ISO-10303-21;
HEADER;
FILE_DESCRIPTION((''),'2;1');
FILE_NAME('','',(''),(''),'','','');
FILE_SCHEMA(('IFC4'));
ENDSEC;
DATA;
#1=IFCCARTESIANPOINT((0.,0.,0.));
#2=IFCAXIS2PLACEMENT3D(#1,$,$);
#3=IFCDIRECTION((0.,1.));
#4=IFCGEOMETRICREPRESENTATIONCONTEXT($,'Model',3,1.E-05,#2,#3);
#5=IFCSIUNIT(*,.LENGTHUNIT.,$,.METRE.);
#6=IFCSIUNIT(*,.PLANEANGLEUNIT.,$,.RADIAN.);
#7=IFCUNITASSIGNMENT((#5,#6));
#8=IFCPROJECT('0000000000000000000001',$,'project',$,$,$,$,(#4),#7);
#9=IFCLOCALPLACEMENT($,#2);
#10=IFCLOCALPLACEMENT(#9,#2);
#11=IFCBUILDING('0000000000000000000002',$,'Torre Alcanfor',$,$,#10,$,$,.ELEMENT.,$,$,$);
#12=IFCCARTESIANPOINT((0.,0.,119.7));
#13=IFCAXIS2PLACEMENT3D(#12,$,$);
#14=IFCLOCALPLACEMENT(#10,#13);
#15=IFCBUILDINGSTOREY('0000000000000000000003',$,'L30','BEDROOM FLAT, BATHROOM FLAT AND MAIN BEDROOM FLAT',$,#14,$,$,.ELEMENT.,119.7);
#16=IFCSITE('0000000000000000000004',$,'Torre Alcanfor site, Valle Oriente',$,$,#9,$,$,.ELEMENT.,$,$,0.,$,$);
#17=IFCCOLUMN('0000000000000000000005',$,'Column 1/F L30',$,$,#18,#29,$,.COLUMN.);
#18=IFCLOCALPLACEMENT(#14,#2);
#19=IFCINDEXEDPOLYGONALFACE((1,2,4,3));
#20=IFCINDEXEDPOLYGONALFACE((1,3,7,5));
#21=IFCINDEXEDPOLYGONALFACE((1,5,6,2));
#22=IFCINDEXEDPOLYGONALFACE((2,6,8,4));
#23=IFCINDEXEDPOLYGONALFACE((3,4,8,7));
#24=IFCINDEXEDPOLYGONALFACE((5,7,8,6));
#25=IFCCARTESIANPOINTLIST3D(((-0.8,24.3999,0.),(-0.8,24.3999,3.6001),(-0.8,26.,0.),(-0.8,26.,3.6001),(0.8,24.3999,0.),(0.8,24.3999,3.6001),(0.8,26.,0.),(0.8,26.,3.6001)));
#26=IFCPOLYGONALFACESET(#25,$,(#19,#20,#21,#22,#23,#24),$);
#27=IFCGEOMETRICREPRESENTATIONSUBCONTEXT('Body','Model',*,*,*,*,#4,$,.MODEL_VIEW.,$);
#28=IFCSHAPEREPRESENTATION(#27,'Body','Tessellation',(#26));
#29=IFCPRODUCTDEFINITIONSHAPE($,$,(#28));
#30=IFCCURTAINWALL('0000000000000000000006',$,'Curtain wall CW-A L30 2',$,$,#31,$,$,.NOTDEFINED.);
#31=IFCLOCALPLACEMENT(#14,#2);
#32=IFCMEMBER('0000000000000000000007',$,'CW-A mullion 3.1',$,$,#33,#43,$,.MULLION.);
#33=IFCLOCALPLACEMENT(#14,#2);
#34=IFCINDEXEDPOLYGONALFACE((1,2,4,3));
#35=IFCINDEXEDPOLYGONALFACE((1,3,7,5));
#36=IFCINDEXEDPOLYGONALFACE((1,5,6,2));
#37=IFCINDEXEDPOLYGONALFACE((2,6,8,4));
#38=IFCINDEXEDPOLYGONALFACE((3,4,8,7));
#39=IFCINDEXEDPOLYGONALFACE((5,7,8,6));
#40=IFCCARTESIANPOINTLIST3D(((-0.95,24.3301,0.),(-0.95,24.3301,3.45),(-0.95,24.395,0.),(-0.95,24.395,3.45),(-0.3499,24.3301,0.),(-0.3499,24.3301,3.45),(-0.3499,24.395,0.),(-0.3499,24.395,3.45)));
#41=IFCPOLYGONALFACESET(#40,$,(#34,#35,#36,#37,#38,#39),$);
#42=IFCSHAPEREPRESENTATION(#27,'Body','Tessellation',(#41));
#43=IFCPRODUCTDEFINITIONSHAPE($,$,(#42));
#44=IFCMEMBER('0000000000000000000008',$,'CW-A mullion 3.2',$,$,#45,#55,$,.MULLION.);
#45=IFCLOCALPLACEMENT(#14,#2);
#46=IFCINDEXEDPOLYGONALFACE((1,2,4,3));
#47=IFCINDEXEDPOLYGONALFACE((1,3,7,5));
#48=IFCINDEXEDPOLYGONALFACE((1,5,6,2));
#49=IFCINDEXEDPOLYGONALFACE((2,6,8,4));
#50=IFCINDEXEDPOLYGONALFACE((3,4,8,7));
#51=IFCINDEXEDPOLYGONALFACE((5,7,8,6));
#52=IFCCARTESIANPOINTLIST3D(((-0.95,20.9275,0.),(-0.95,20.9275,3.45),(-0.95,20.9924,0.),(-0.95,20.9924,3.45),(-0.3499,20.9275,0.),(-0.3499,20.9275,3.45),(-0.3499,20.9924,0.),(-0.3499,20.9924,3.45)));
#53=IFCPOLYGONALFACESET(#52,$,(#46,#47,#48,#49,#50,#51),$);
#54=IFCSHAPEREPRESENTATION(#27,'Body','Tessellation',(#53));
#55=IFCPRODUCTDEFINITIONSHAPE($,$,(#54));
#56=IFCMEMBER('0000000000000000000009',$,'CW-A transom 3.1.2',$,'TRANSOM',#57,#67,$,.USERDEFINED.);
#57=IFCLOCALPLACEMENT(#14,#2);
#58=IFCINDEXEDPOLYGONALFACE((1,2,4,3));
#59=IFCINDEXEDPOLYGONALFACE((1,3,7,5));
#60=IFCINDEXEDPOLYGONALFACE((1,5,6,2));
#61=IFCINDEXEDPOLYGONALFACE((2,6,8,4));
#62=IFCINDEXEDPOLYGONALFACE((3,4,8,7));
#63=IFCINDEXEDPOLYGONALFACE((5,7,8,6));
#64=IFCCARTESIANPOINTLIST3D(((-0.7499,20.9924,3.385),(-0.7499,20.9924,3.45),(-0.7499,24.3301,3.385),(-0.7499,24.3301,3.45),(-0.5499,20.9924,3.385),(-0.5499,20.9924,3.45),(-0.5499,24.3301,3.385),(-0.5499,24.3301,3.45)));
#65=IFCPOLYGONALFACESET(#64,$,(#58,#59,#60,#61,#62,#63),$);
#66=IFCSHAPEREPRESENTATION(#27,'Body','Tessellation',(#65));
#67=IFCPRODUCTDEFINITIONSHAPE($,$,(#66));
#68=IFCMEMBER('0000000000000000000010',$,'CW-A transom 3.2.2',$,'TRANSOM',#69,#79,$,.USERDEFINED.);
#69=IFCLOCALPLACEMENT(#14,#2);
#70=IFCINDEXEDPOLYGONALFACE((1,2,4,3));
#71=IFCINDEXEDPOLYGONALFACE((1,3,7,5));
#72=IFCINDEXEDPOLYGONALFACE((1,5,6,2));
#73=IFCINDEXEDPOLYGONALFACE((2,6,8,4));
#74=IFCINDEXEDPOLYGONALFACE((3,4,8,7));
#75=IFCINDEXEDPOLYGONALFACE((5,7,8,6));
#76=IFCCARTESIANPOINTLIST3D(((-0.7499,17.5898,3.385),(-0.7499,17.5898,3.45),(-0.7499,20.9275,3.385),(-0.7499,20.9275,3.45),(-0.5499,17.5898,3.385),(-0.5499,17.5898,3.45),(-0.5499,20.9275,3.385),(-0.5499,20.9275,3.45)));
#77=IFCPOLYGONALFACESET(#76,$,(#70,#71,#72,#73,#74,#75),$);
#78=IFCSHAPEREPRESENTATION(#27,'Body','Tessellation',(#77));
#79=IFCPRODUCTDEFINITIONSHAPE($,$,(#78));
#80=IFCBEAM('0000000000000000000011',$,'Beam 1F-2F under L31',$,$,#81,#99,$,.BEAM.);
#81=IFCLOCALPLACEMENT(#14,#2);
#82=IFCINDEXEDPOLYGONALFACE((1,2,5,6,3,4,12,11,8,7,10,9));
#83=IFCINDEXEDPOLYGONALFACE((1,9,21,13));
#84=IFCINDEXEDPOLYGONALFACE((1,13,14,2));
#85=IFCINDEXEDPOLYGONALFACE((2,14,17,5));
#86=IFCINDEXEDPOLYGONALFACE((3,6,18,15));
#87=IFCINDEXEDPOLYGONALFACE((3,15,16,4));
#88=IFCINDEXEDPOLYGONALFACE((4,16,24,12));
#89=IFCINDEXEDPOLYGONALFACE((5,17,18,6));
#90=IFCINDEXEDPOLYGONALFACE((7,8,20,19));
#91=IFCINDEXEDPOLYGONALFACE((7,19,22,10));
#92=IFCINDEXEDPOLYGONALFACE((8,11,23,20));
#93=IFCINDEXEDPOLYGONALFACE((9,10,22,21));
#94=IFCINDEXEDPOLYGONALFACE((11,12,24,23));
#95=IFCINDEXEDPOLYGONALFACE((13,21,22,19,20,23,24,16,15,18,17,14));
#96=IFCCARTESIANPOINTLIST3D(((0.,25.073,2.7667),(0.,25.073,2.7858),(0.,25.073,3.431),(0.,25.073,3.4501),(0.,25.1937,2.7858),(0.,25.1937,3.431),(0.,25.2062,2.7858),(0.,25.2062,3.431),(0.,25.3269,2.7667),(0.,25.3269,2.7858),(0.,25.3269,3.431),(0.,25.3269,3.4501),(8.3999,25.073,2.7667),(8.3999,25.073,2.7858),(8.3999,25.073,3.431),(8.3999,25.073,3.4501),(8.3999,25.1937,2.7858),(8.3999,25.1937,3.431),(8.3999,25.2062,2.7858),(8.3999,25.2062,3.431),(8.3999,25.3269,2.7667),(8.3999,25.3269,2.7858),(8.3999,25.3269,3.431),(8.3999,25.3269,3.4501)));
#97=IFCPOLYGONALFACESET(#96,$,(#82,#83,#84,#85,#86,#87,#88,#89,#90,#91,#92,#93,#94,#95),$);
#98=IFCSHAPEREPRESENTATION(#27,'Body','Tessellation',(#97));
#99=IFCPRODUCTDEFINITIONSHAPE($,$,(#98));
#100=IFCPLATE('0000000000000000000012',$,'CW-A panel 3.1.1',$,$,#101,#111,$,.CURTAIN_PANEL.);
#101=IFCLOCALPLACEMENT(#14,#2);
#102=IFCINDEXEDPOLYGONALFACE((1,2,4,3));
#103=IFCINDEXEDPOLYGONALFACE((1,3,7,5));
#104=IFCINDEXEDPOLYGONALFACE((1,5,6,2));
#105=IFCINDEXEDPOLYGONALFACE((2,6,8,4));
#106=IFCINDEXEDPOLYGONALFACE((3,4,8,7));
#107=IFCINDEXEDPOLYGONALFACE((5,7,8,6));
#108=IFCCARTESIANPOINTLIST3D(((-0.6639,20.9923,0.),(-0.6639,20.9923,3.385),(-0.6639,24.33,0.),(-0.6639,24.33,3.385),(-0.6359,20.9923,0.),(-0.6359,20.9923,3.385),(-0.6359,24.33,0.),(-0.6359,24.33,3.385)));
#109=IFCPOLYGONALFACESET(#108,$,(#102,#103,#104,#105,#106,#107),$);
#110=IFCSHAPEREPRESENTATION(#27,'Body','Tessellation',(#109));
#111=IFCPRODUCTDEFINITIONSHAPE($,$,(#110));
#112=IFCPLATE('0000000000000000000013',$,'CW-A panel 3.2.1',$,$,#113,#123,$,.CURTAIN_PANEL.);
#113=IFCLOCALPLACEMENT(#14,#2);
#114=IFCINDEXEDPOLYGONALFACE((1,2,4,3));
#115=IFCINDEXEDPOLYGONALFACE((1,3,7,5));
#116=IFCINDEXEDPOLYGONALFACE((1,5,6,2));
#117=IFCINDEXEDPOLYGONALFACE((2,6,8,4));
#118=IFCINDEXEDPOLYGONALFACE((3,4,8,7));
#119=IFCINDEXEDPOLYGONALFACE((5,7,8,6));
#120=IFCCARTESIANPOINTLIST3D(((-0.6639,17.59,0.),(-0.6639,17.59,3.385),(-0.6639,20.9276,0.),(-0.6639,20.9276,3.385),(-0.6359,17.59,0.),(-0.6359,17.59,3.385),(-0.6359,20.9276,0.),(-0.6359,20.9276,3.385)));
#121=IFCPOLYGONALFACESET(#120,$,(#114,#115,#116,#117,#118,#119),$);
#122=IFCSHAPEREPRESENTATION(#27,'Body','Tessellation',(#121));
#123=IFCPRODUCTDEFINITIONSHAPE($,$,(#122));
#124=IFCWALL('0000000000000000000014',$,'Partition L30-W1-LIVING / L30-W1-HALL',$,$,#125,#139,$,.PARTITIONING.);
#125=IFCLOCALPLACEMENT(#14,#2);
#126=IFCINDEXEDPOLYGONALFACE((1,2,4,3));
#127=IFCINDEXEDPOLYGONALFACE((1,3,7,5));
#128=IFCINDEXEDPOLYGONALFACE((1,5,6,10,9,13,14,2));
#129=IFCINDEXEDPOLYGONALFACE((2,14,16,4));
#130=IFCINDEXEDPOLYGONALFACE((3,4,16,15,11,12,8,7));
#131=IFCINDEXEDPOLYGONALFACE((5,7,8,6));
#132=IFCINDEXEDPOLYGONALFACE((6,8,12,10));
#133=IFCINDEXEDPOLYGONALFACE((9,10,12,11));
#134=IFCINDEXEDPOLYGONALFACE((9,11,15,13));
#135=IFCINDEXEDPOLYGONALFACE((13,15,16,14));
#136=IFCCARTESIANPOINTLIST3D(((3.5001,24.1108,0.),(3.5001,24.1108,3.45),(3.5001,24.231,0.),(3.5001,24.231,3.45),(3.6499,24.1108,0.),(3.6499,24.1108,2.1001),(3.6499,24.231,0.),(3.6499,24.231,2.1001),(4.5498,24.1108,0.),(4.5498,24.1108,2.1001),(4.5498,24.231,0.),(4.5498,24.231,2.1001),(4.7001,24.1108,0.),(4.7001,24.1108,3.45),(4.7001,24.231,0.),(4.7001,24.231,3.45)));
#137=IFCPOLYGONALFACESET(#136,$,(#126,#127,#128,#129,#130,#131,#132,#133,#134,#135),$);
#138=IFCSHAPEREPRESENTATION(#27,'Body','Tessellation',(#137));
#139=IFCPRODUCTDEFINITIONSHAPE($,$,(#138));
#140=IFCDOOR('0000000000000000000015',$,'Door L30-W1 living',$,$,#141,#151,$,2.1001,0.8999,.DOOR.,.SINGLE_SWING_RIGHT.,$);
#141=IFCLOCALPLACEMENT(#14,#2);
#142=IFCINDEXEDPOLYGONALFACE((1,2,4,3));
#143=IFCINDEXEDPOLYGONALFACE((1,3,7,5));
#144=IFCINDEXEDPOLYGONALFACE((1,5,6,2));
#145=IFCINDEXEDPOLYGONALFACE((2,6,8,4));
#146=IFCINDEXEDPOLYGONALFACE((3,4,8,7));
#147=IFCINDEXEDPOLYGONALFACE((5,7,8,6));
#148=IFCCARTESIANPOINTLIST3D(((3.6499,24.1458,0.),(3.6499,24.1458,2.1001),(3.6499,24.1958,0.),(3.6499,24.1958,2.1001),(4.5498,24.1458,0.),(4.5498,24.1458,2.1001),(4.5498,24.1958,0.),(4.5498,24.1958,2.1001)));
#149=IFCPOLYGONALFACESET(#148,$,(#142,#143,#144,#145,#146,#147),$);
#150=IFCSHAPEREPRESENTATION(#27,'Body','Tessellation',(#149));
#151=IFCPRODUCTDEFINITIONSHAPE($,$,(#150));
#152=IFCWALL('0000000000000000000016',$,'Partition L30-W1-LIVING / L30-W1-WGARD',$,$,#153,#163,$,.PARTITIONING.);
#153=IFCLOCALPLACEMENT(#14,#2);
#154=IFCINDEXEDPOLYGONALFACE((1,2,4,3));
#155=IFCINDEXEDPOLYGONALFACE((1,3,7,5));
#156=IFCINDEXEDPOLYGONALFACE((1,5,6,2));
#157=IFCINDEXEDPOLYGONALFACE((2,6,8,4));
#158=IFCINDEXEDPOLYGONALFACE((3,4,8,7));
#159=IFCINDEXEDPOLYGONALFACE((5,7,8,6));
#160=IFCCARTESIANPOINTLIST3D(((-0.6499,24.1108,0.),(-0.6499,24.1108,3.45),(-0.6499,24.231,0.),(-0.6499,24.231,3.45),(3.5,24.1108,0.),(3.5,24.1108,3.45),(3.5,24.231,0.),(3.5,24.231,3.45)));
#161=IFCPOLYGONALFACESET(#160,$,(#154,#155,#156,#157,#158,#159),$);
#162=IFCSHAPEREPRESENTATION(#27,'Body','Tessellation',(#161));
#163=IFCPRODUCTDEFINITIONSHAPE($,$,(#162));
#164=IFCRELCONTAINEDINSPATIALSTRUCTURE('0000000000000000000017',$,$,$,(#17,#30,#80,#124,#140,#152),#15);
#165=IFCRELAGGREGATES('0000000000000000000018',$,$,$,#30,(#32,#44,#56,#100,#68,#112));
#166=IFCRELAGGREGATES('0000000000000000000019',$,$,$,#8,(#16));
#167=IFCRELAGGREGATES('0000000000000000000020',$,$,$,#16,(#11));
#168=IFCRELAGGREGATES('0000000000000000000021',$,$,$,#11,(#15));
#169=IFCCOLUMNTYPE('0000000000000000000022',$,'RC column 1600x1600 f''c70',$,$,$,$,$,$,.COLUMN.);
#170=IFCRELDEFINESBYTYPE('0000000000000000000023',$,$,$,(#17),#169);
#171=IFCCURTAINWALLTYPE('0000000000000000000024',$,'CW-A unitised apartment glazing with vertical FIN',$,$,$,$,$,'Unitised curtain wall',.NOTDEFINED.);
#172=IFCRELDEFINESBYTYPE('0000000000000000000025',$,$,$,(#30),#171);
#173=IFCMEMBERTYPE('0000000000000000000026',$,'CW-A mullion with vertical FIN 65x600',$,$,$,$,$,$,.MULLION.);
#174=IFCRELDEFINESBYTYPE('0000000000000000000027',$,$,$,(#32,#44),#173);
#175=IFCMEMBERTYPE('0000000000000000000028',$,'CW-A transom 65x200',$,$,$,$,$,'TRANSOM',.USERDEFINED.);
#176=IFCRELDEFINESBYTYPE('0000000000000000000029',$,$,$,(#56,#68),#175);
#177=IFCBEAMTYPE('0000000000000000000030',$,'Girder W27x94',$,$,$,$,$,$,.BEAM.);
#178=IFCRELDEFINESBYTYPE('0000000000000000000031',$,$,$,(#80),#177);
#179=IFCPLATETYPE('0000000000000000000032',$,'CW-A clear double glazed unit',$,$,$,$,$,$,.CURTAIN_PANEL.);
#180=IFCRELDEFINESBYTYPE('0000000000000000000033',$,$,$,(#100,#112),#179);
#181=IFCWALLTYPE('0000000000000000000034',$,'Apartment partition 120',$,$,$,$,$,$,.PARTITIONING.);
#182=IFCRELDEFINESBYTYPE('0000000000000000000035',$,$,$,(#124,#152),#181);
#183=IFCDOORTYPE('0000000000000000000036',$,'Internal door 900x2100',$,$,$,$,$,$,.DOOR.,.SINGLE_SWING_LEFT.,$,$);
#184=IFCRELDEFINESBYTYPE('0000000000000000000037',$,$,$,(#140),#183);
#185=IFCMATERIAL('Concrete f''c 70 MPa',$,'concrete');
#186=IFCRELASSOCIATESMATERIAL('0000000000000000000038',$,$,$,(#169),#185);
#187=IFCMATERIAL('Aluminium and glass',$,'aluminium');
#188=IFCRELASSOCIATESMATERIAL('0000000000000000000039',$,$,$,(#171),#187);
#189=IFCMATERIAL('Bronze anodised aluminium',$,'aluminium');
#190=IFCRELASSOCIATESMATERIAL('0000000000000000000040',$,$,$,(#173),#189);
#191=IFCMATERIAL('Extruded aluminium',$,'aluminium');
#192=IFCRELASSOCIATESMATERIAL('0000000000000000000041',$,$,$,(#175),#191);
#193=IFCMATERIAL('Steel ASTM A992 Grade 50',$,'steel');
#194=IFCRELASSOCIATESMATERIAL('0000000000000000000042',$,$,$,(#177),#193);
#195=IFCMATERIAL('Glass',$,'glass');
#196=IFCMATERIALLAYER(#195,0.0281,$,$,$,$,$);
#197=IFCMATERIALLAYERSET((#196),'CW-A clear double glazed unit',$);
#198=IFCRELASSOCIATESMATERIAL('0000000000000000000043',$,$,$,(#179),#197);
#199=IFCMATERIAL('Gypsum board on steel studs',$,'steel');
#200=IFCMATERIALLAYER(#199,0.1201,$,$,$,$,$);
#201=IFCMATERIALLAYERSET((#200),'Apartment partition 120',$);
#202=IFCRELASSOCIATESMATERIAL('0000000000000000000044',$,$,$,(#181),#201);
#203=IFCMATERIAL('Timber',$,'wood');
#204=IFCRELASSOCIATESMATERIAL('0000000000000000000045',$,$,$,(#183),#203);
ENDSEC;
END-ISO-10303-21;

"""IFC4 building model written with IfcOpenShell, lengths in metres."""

from ifc_helpers import new_model, si_unit, direction, frame, frame_2d, origin, origin_2d, place, context, subcontext, project, spatial, rectangle, i_section, extrude, material, layer, layer_set, material_profile, profile_set, type_object, element, fill, aggregate, save


model = new_model("IFC4")

# Units and contexts
model_context = context("Model", 3, precision=1e-05, world=origin(), true_north=direction((0.0, 1.0)))
body_context = subcontext(model_context, "Body", "Model", "MODEL_VIEW")
ifc_project = project(units=[si_unit("LENGTHUNIT", "METRE"), si_unit("PLANEANGLEUNIT", "RADIAN")], contexts=[model_context])

# Site, building, storey
site_placement = place(None, origin())
site = spatial("IfcSite", under=ifc_project, at=site_placement, Name="Torre Alcanfor site, Valle Oriente", CompositionType="ELEMENT", RefElevation=0.0)
building_placement = place(site_placement, origin())
building = spatial("IfcBuilding", under=site, at=building_placement, Name="Torre Alcanfor", CompositionType="ELEMENT")
storey_placement = place(building_placement, frame((0.0, 0.0, 119.7)))
storey = spatial("IfcBuildingStorey", under=building, at=storey_placement, Name="L30", Description="BEDROOM FLAT, BATHROOM FLAT AND MAIN BEDROOM FLAT", CompositionType="ELEMENT", Elevation=119.7)

# Column
ifc_material_1 = material(Name="Concrete f'c 70 MPa", Category="concrete")
ifc_material_profile_1 = material_profile(ifc_material_1, rectangle(XDim=1.6001, YDim=1.6001, at=origin_2d()), Name="1600x1600")
ifc_profile_set_1 = profile_set([ifc_material_profile_1], Name="Concrete f'c 70 MPa")
column_type = type_object("IfcColumnType", Name="RC column 1600x1600 f'c70", PredefinedType="COLUMN", material=ifc_profile_set_1)
column_placement = place(storey_placement, frame((0.0, 25.2, 0.0), z_axis=(0.0, 0.0, 1.0), x_axis=(1.0, 0.0, 0.0)))
element("IfcColumn", 1, at=column_placement, inside=storey, type_object=column_type, Name="Column 1/F L30", PredefinedType="COLUMN", context=body_context, shape_type="SweptSolid", body=[
    extrude(rectangle(XDim=1.6001, YDim=1.6001, at=origin_2d()), origin(), (0.0, 0.0, 1.0), 3.6001),
])

# Curtain wall, members
ifc_material_2 = material(Name="Aluminium and glass", Category="aluminium")
curtain_wall_type = type_object("IfcCurtainWallType", Name="CW-A unitised apartment glazing with vertical FIN", ElementType="Unitised curtain wall", PredefinedType="NOTDEFINED", material=ifc_material_2)
curtain_wall_placement = place(storey_placement, origin())
curtain_wall = element("IfcCurtainWall", 2, at=curtain_wall_placement, inside=storey, type_object=curtain_wall_type, Name="Curtain wall CW-A L30 2", PredefinedType="NOTDEFINED")
ifc_material_3 = material(Name="Bronze anodised aluminium", Category="aluminium")
ifc_material_profile_2 = material_profile(ifc_material_3, rectangle(XDim=0.6001, YDim=0.0649, at=origin_2d()), Name="CW-A mullion 65x600")
ifc_profile_set_2 = profile_set([ifc_material_profile_2], Name="Bronze anodised aluminium")
member_type_1 = type_object("IfcMemberType", Name="CW-A mullion with vertical FIN 65x600", PredefinedType="MULLION", material=ifc_profile_set_2)
member_1_placement = place(storey_placement, frame((-0.6499, 24.3625, 0.0), z_axis=(0.0, 0.0, 1.0), x_axis=(1.0, 0.0, 0.0)))
member_1 = element("IfcMember", 3, at=member_1_placement, type_object=member_type_1, Name="CW-A mullion 3.1", PredefinedType="MULLION", context=body_context, shape_type="SweptSolid", body=[
    extrude(rectangle(XDim=0.6001, YDim=0.0649, at=origin_2d()), origin(), (0.0, 0.0, 1.0), 3.45),
])
member_2_placement = place(storey_placement, frame((-0.6499, 20.96, 0.0), z_axis=(0.0, 0.0, 1.0), x_axis=(1.0, 0.0, 0.0)))
member_2 = element("IfcMember", 4, at=member_2_placement, type_object=member_type_1, Name="CW-A mullion 3.2", PredefinedType="MULLION", context=body_context, shape_type="SweptSolid", body=[
    extrude(rectangle(XDim=0.6001, YDim=0.0649, at=origin_2d()), origin(), (0.0, 0.0, 1.0), 3.45),
])
ifc_material_4 = material(Name="Extruded aluminium", Category="aluminium")
ifc_material_profile_3 = material_profile(ifc_material_4, rectangle(XDim=0.2, YDim=0.0649, at=origin_2d()), Name="CW-A transom 200x65")
ifc_profile_set_3 = profile_set([ifc_material_profile_3], Name="Extruded aluminium")
member_type_2 = type_object("IfcMemberType", Name="CW-A transom 65x200", ElementType="TRANSOM", PredefinedType="USERDEFINED", material=ifc_profile_set_3)
member_3_placement = place(storey_placement, frame((-0.6499, 24.3301, 3.4175), z_axis=(0.0, -1.0, 0.0), x_axis=(1.0, 0.0, 0.0)))
member_3 = element("IfcMember", 5, at=member_3_placement, type_object=member_type_2, Name="CW-A transom 3.1.2", ObjectType="TRANSOM", PredefinedType="USERDEFINED", context=body_context, shape_type="SweptSolid", body=[
    extrude(rectangle(XDim=0.2, YDim=0.0649, at=origin_2d()), origin(), (0.0, 0.0, 1.0), 3.3376),
])
member_4_placement = place(storey_placement, frame((-0.6499, 20.9275, 3.4175), z_axis=(0.0, -1.0, 0.0), x_axis=(1.0, 0.0, 0.0)))
member_4 = element("IfcMember", 6, at=member_4_placement, type_object=member_type_2, Name="CW-A transom 3.2.2", ObjectType="TRANSOM", PredefinedType="USERDEFINED", context=body_context, shape_type="SweptSolid", body=[
    extrude(rectangle(XDim=0.2, YDim=0.0649, at=origin_2d()), origin(), (0.0, 0.0, 1.0), 3.3376),
])

# Beam
ifc_material_5 = material(Name="Steel ASTM A992 Grade 50", Category="steel")
ifc_material_profile_4 = material_profile(ifc_material_5, i_section(OverallWidth=0.2539, OverallDepth=0.6833, WebThickness=0.0125, FlangeThickness=0.019, at=origin_2d()), Name="W27x94")
ifc_profile_set_4 = profile_set([ifc_material_profile_4], Name="Steel ASTM A992 Grade 50")
beam_type = type_object("IfcBeamType", Name="Girder W27x94", PredefinedType="BEAM", material=ifc_profile_set_4)
beam_placement = place(storey_placement, frame((0.0, 25.2, 3.1084), z_axis=(1.0, 0.0, 0.0), x_axis=(0.0, 1.0, 0.0)))
element("IfcBeam", 7, at=beam_placement, inside=storey, type_object=beam_type, Name="Beam 1F-2F under L31", PredefinedType="BEAM", context=body_context, shape_type="SweptSolid", body=[
    extrude(i_section(OverallWidth=0.2539, OverallDepth=0.6833, WebThickness=0.0125, FlangeThickness=0.019, at=origin_2d()), origin(), (0.0, 0.0, 1.0), 8.3999),
])

# Plates
ifc_material_6 = material(Name="Glass", Category="glass")
ifc_layer_1 = layer(ifc_material_6, 0.0281)
ifc_layer_set_1 = layer_set([ifc_layer_1], Name="CW-A clear double glazed unit")
plate_type = type_object("IfcPlateType", Name="CW-A clear double glazed unit", PredefinedType="CURTAIN_PANEL", material=ifc_layer_set_1)
plate_1_placement = place(storey_placement, frame((-0.6499, 22.6611, 0.0), z_axis=(0.0, 0.0, 1.0), x_axis=(0.0, -1.0, 0.0)))
plate_1 = element("IfcPlate", 8, at=plate_1_placement, type_object=plate_type, Name="CW-A panel 3.1.1", PredefinedType="CURTAIN_PANEL", context=body_context, shape_type="SweptSolid", body=[
    extrude(rectangle(XDim=3.3376, YDim=0.0281, at=origin_2d()), origin(), (0.0, 0.0, 1.0), 3.385),
])
plate_2_placement = place(storey_placement, frame((-0.6499, 19.2588, 0.0), z_axis=(0.0, 0.0, 1.0), x_axis=(0.0, -1.0, 0.0)))
plate_2 = element("IfcPlate", 9, at=plate_2_placement, type_object=plate_type, Name="CW-A panel 3.2.1", PredefinedType="CURTAIN_PANEL", context=body_context, shape_type="SweptSolid", body=[
    extrude(rectangle(XDim=3.3376, YDim=0.0281, at=origin_2d()), origin(), (0.0, 0.0, 1.0), 3.385),
])
aggregate(curtain_wall, [member_1, member_2, member_3, plate_1, member_4, plate_2])

# Wall, opening, door
ifc_material_7 = material(Name="Gypsum board on steel studs", Category="steel")
ifc_layer_2 = layer(ifc_material_7, 0.1201)
ifc_layer_set_2 = layer_set([ifc_layer_2], Name="Apartment partition 120")
wall_type = type_object("IfcWallType", Name="Apartment partition 120", PredefinedType="PARTITIONING", material=ifc_layer_set_2)
wall_1_placement = place(storey_placement, frame((3.5, 24.1709, 0.0), z_axis=(0.0, 0.0, 1.0), x_axis=(1.0, 0.0, 0.0)))
wall_1 = element("IfcWall", 10, at=wall_1_placement, inside=storey, type_object=wall_type, Name="Partition L30-W1-LIVING / L30-W1-HALL", PredefinedType="PARTITIONING", context=body_context, shape_type="SweptSolid", body=[
    extrude(rectangle(XDim=1.2, YDim=0.1201, at=frame_2d((0.6001, 0.0))), origin(), (0.0, 0.0, 1.0), 3.45),
])
opening_1_placement = place(wall_1_placement, frame((0.1499, 0.0, 0.0)))
opening_1 = element("IfcOpeningElement", 11, at=opening_1_placement, cuts=wall_1, PredefinedType="OPENING", context=body_context, shape_type="SweptSolid", body=[
    extrude(rectangle(XDim=0.8999, YDim=2.1001, at=frame_2d((0.45, 1.05))), frame((0.0, 0.0701, 0.0), z_axis=(0.0, -1.0, 0.0), x_axis=(1.0, 0.0, 0.0)), (0.0, 0.0, 1.0), 0.1401),
])
ifc_material_8 = material(Name="Timber", Category="wood")
door_type = type_object("IfcDoorType", Name="Internal door 900x2100", OperationType="SINGLE_SWING_LEFT", PredefinedType="DOOR", material=ifc_material_8)
door_1_placement = place(opening_1_placement, origin())
door_1 = element("IfcDoor", 12, at=door_1_placement, inside=storey, type_object=door_type, Name="Door L30-W1 living", OperationType="SINGLE_SWING_RIGHT", OverallHeight=2.1001, OverallWidth=0.8999, PredefinedType="DOOR", context=body_context, shape_type="SweptSolid", body=[
    extrude(rectangle(XDim=0.8999, YDim=2.1001, at=frame_2d((0.45, 1.05))), frame((0.0, 0.0249, 0.0), z_axis=(0.0, -1.0, 0.0), x_axis=(1.0, 0.0, 0.0)), (0.0, 0.0, 1.0), 0.05),
])
fill(opening_1, door_1)

# Wall
wall_2_placement = place(storey_placement, frame((-0.6499, 24.1709, 0.0), z_axis=(0.0, 0.0, 1.0), x_axis=(1.0, 0.0, 0.0)))
element("IfcWall", 13, at=wall_2_placement, inside=storey, type_object=wall_type, Name="Partition L30-W1-LIVING / L30-W1-WGARD", PredefinedType="PARTITIONING", context=body_context, shape_type="SweptSolid", body=[
    extrude(rectangle(XDim=4.1499, YDim=0.1201, at=frame_2d((2.075, 0.0))), origin(), (0.0, 0.0, 1.0), 3.45),
])

save(model, "model.ifc")
